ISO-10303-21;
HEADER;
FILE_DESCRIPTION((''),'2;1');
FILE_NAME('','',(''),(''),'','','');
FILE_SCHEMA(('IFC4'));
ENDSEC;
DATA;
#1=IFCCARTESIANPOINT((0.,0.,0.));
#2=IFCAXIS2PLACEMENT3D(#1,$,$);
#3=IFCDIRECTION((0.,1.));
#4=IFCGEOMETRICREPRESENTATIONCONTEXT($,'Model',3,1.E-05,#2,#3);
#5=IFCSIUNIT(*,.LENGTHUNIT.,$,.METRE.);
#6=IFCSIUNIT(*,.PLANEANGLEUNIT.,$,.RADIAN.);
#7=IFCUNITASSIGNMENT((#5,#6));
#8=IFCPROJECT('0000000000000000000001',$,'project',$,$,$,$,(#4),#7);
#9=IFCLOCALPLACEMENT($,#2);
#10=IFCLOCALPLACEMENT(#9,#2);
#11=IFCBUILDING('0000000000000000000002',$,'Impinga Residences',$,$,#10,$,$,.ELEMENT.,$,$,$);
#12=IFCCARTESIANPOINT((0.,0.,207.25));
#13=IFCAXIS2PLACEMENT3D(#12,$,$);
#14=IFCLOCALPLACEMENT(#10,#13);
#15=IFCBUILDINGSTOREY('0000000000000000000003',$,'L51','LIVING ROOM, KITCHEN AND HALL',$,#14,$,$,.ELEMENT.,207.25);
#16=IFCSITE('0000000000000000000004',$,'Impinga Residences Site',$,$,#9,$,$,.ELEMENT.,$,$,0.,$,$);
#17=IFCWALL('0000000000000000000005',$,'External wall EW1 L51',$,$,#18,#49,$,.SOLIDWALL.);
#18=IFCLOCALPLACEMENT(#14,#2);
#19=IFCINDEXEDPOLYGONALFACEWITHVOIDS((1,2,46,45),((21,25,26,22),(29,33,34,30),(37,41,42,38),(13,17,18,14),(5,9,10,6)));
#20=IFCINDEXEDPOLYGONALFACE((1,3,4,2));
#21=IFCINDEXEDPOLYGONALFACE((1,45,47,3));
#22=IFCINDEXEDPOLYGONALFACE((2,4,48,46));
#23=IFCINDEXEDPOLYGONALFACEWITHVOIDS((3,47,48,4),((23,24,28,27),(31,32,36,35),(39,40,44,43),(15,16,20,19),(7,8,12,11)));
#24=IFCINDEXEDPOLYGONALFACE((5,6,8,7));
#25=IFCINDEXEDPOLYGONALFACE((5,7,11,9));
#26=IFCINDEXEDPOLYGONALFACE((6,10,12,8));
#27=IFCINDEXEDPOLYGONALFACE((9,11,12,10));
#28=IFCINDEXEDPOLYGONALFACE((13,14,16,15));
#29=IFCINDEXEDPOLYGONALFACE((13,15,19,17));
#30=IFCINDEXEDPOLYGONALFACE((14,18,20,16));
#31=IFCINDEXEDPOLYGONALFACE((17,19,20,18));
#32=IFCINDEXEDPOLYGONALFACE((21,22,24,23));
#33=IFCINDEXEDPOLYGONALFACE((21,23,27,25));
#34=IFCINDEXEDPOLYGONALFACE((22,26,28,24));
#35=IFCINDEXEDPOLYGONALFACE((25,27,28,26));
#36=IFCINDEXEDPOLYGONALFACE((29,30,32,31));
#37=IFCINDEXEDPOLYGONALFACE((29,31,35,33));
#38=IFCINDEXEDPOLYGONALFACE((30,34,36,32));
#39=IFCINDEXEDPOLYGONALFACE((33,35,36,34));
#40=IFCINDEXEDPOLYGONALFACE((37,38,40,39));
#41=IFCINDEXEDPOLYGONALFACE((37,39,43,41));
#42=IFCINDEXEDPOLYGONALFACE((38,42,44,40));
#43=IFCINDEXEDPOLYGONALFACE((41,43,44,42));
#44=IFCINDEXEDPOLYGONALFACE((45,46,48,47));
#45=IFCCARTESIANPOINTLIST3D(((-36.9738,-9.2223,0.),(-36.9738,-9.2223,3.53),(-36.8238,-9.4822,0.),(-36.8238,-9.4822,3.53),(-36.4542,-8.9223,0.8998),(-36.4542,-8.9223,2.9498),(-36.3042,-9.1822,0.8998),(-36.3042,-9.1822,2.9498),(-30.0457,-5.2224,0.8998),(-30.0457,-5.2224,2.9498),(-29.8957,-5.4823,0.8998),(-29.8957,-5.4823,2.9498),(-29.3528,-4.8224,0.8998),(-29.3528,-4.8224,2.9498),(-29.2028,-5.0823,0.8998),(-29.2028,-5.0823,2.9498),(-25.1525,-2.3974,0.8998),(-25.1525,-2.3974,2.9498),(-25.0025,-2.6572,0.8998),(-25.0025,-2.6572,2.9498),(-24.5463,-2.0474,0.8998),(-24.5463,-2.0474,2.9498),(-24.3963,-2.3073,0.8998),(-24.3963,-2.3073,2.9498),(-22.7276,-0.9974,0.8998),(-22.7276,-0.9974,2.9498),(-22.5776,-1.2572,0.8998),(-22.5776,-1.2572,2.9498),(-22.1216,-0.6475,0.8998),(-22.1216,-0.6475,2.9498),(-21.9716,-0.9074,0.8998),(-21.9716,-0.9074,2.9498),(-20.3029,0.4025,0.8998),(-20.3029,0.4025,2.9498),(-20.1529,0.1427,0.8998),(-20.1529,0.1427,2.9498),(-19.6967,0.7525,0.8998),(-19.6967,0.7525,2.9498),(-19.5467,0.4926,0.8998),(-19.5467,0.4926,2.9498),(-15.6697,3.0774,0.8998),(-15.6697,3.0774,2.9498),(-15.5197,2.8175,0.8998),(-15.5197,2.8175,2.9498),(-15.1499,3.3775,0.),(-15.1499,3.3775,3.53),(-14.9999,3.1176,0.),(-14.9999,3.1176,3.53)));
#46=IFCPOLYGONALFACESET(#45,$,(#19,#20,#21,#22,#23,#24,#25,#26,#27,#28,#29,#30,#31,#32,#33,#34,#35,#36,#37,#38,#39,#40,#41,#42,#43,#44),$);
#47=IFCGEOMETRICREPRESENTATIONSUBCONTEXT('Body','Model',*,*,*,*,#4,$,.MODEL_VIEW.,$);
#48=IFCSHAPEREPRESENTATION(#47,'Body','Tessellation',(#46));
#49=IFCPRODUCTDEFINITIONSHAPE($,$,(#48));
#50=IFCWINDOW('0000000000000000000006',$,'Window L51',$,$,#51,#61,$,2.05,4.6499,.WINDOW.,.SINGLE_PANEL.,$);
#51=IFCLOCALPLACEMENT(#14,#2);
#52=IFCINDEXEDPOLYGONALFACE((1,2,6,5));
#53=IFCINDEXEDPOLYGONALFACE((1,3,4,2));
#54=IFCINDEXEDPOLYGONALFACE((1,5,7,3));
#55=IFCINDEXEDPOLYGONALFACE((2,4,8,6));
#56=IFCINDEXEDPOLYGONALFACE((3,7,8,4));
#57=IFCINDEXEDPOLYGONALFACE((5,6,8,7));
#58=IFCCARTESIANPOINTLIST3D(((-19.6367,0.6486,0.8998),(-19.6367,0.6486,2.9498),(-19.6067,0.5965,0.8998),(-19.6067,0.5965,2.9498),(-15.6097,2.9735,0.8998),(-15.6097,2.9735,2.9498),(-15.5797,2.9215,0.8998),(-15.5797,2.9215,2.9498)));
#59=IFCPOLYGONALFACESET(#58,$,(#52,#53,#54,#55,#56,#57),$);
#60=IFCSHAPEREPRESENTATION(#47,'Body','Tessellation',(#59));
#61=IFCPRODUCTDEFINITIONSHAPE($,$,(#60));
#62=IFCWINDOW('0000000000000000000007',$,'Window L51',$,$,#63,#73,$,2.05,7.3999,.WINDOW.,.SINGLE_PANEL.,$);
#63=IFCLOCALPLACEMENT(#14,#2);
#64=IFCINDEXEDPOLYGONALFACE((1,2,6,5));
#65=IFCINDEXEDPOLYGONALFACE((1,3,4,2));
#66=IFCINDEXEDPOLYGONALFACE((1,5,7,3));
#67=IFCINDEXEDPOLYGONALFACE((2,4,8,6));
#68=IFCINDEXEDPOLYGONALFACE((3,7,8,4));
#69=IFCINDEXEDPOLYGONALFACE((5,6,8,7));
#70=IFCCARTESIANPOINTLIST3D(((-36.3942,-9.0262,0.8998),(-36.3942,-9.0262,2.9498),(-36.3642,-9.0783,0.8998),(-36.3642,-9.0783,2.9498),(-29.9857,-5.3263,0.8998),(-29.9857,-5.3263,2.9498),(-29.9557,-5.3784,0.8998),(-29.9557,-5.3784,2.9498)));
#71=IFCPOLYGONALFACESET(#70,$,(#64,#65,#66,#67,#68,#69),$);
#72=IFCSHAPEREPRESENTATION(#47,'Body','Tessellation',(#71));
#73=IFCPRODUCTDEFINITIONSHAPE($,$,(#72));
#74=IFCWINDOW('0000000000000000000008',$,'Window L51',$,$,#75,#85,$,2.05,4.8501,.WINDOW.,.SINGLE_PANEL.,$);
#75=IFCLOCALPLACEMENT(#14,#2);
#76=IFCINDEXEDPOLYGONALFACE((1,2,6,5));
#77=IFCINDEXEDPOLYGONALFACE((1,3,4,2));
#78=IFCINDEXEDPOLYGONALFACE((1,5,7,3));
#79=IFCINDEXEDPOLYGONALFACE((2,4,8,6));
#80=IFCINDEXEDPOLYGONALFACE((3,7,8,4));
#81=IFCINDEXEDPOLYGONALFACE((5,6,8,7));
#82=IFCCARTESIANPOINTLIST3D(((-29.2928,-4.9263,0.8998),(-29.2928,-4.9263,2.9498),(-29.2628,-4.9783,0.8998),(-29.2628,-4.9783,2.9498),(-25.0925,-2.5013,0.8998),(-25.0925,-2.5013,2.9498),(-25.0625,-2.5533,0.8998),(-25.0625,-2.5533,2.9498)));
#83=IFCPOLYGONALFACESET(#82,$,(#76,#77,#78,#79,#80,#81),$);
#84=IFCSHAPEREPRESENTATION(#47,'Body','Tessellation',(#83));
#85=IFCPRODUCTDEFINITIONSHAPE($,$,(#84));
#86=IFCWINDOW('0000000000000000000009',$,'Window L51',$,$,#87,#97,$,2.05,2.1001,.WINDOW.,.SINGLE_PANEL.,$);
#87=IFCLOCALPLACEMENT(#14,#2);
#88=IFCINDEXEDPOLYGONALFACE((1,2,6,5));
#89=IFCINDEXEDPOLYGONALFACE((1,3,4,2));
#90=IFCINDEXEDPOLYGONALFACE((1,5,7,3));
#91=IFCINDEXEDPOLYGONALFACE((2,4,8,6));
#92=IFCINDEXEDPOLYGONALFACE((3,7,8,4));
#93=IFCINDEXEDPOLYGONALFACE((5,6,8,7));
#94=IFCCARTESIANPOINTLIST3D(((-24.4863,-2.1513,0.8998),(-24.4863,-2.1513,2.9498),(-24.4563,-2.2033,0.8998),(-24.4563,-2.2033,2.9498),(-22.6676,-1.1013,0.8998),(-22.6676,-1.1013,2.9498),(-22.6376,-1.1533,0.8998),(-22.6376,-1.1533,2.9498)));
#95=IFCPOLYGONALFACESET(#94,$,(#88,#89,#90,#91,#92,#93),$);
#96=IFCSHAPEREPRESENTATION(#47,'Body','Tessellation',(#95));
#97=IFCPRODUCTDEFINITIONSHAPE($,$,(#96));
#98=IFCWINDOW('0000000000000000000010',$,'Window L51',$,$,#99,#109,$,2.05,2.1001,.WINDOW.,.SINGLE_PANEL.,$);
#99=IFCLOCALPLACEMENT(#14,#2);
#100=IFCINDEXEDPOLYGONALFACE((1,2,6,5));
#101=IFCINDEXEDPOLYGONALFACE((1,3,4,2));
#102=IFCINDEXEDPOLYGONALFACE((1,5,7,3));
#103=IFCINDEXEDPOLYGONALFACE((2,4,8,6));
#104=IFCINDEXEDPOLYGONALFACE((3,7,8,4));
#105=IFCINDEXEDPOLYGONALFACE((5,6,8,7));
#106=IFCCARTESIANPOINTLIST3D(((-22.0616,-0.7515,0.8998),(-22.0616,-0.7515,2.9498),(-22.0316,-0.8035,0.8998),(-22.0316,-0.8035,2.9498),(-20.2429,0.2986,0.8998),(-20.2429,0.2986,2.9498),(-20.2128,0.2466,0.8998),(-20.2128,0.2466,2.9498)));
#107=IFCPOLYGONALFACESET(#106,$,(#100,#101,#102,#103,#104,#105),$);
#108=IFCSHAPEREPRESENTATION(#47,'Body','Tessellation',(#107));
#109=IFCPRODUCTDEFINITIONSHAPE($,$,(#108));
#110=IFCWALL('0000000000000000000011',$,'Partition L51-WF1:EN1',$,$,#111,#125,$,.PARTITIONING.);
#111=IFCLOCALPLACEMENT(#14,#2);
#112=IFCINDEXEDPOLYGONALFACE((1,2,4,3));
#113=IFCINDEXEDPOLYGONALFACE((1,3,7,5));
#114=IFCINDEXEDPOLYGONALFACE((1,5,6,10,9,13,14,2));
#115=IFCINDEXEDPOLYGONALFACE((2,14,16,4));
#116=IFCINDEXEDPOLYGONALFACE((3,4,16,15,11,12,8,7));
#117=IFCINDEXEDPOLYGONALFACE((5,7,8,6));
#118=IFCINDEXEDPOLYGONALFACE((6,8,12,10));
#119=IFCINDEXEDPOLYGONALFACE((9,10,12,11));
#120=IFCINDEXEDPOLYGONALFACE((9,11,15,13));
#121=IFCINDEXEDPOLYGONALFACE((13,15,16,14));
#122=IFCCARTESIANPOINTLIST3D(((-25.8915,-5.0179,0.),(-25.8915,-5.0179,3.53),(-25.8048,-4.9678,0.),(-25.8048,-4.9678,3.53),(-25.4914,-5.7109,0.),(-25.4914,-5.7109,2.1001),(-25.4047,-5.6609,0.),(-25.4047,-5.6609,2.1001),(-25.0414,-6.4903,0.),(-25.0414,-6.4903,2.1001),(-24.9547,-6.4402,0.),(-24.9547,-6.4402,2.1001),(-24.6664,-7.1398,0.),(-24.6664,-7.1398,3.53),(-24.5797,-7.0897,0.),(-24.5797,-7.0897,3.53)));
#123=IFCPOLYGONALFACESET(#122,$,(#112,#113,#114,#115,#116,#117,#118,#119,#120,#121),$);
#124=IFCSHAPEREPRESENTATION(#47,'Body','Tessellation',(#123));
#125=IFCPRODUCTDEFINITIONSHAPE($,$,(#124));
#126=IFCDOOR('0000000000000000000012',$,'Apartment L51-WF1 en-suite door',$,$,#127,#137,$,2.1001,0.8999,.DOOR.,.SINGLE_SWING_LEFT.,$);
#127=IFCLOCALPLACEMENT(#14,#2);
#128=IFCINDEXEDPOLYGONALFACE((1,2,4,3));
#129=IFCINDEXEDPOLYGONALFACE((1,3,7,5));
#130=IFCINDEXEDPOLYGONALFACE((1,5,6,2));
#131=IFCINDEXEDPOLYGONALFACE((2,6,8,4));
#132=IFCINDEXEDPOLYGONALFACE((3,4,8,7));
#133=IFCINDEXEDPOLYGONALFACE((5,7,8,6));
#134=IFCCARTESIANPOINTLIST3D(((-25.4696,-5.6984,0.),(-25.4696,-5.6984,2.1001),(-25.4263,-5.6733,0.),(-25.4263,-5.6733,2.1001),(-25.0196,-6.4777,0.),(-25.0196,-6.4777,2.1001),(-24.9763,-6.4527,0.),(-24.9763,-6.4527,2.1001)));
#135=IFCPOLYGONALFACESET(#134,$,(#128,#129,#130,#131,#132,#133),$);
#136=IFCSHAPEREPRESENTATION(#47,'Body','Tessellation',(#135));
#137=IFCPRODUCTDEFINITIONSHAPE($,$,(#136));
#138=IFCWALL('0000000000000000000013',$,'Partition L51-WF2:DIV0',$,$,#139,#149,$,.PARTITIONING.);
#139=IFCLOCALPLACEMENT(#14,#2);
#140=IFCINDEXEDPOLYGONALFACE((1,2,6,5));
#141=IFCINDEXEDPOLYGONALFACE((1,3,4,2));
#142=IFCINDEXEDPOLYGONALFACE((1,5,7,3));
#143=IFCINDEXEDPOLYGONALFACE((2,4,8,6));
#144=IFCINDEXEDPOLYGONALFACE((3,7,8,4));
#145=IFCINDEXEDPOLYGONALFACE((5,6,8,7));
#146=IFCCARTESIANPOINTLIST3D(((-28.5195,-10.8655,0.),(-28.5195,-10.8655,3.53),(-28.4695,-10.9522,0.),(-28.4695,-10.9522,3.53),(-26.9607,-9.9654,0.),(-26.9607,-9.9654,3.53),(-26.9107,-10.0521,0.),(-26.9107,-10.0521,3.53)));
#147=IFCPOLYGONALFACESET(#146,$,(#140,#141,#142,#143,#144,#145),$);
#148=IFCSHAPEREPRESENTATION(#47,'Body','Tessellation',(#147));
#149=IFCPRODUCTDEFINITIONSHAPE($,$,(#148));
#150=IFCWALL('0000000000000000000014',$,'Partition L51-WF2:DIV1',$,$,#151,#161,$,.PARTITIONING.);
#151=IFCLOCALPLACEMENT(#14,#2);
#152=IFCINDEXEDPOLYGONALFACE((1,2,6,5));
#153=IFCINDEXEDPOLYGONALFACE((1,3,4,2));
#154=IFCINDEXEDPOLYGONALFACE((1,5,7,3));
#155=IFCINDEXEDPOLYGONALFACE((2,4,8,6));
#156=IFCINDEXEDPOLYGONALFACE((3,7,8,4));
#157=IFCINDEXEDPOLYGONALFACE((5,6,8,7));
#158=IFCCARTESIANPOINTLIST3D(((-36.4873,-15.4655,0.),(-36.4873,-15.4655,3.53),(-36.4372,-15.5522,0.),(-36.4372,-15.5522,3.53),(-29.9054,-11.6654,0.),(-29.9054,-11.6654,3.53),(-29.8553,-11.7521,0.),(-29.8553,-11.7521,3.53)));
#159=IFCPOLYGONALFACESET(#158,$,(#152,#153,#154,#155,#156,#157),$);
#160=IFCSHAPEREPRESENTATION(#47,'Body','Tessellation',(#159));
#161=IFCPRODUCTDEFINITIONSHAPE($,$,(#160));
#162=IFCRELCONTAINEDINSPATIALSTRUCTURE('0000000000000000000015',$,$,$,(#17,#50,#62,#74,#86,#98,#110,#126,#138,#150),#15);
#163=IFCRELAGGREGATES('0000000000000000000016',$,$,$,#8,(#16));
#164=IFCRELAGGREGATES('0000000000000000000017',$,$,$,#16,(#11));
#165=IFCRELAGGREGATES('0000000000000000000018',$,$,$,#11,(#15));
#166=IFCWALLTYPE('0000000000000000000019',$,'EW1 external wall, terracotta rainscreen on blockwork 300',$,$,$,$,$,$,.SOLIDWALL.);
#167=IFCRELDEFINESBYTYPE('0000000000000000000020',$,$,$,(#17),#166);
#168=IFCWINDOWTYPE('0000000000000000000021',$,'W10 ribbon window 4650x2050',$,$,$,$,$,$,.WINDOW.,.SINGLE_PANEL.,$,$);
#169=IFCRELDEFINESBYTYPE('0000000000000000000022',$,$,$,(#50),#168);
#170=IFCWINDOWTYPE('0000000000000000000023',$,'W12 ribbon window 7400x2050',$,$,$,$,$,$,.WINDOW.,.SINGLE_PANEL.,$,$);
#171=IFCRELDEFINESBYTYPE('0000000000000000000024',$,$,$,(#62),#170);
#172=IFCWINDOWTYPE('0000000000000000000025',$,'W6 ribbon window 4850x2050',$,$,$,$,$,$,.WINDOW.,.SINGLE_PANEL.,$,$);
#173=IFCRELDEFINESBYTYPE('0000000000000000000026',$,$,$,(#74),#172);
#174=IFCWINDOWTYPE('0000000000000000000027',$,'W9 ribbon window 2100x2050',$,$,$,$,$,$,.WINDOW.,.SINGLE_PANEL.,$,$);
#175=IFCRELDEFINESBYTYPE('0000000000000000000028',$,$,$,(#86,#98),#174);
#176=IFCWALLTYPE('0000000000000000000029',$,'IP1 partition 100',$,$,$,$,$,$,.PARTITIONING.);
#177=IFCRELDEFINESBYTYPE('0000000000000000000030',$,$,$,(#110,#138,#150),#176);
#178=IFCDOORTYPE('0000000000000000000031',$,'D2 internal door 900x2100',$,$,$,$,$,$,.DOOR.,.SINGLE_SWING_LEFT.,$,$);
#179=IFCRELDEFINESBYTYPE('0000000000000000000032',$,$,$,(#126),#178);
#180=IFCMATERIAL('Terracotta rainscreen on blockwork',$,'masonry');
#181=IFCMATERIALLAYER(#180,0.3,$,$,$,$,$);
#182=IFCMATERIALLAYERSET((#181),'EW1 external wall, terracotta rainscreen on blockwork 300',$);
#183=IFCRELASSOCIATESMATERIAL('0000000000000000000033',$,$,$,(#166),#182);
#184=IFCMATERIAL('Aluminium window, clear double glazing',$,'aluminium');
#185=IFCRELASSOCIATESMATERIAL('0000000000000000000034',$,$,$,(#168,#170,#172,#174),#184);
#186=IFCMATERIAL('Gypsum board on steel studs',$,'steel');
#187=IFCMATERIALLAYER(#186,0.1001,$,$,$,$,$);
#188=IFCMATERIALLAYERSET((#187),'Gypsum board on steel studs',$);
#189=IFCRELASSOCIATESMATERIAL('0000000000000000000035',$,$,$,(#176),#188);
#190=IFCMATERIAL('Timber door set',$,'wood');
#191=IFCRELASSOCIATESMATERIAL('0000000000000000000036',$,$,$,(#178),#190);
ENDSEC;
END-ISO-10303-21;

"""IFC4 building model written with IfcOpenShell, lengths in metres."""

from ifc_helpers import new_model, si_unit, direction, frame, frame_2d, origin, place, context, subcontext, project, spatial, rectangle, extrude, material, layer, layer_set, type_object, element, fill, save


model = new_model("IFC4")

# Units and contexts
model_context = context("Model", 3, precision=1e-05, world=origin(), true_north=direction((0.0, 1.0)))
body_context = subcontext(model_context, "Body", "Model", "MODEL_VIEW")
ifc_project = project(units=[si_unit("LENGTHUNIT", "METRE"), si_unit("PLANEANGLEUNIT", "RADIAN")], contexts=[model_context])

# Site, building, storey
site_placement = place(None, origin())
site = spatial("IfcSite", under=ifc_project, at=site_placement, Name="Impinga Residences Site", CompositionType="ELEMENT", RefElevation=0.0)
building_placement = place(site_placement, origin())
building = spatial("IfcBuilding", under=site, at=building_placement, Name="Impinga Residences", CompositionType="ELEMENT")
storey_placement = place(building_placement, frame((0.0, 0.0, 207.25)))
storey = spatial("IfcBuildingStorey", under=building, at=storey_placement, Name="L51", Description="LIVING ROOM, KITCHEN AND HALL", CompositionType="ELEMENT", Elevation=207.25)

# Shared definitions
ifc_material_1 = material(Name="Terracotta rainscreen on blockwork", Category="masonry")
ifc_layer_1 = layer(ifc_material_1, 0.3)
ifc_layer_set_1 = layer_set([ifc_layer_1], Name="EW1 external wall, terracotta rainscreen on blockwork 300")
wall_type_1 = type_object("IfcWallType", Name="EW1 external wall, terracotta rainscreen on blockwork 300", PredefinedType="SOLIDWALL", material=ifc_layer_set_1)

# Wall, openings, windows
wall_1_placement = place(storey_placement, frame((-36.8989, -9.3523, 0.0), z_axis=(0.0, 0.0, 1.0), x_axis=(0.866029, 0.499993, 0.0)))
wall_1 = element("IfcWall", 1, at=wall_1_placement, inside=storey, type_object=wall_type_1, Name="External wall EW1 L51", PredefinedType="SOLIDWALL", context=body_context, shape_type="SweptSolid", body=[
    extrude(rectangle(XDim=25.2, YDim=0.3, at=frame_2d((12.6001, 0.0))), origin(), (0.0, 0.0, 1.0), 3.53),
])
opening_1_placement = place(wall_1_placement, frame((0.6001, 0.0, 0.8999)))
opening_1 = element("IfcOpeningElement", 2, at=opening_1_placement, cuts=wall_1, PredefinedType="OPENING", context=body_context, shape_type="SweptSolid", body=[
    extrude(rectangle(XDim=7.3999, YDim=2.05, at=frame_2d((3.7, 1.0249))), frame((0.0, 0.1599, 0.0), z_axis=(0.0, -1.0, 0.0), x_axis=(1.0, 0.0, 0.0)), (0.0, 0.0, 1.0), 0.3201),
])
opening_2_placement = place(wall_1_placement, frame((8.8, 0.0, 0.8999)))
opening_2 = element("IfcOpeningElement", 3, at=opening_2_placement, cuts=wall_1, PredefinedType="OPENING", context=body_context, shape_type="SweptSolid", body=[
    extrude(rectangle(XDim=4.8501, YDim=2.05, at=frame_2d((2.425, 1.0249))), frame((0.0, 0.1599, 0.0), z_axis=(0.0, -1.0, 0.0), x_axis=(1.0, 0.0, 0.0)), (0.0, 0.0, 1.0), 0.3201),
])
opening_3_placement = place(wall_1_placement, frame((14.3501, 0.0, 0.8999)))
opening_3 = element("IfcOpeningElement", 4, at=opening_3_placement, cuts=wall_1, PredefinedType="OPENING", context=body_context, shape_type="SweptSolid", body=[
    extrude(rectangle(XDim=2.1001, YDim=2.05, at=frame_2d((1.05, 1.0249))), frame((0.0, 0.1599, 0.0), z_axis=(0.0, -1.0, 0.0), x_axis=(1.0, 0.0, 0.0)), (0.0, 0.0, 1.0), 0.3201),
])
opening_4_placement = place(wall_1_placement, frame((17.1499, 0.0, 0.8999)))
opening_4 = element("IfcOpeningElement", 5, at=opening_4_placement, cuts=wall_1, PredefinedType="OPENING", context=body_context, shape_type="SweptSolid", body=[
    extrude(rectangle(XDim=2.1001, YDim=2.05, at=frame_2d((1.05, 1.0249))), frame((0.0, 0.1599, 0.0), z_axis=(0.0, -1.0, 0.0), x_axis=(1.0, 0.0, 0.0)), (0.0, 0.0, 1.0), 0.3201),
])
opening_5_placement = place(wall_1_placement, frame((19.95, 0.0, 0.8999)))
opening_5 = element("IfcOpeningElement", 6, at=opening_5_placement, cuts=wall_1, PredefinedType="OPENING", context=body_context, shape_type="SweptSolid", body=[
    extrude(rectangle(XDim=4.6499, YDim=2.05, at=frame_2d((2.325, 1.0249))), frame((0.0, 0.1599, 0.0), z_axis=(0.0, -1.0, 0.0), x_axis=(1.0, 0.0, 0.0)), (0.0, 0.0, 1.0), 0.3201),
])
ifc_material_2 = material(Name="Aluminium window, clear double glazing", Category="aluminium")
window_type_1 = type_object("IfcWindowType", Name="W10 ribbon window 4650x2050", PartitioningType="SINGLE_PANEL", PredefinedType="WINDOW", material=ifc_material_2)
window_1_placement = place(opening_5_placement, origin())
window_1 = element("IfcWindow", 7, at=window_1_placement, inside=storey, type_object=window_type_1, Name="Window L51", OverallHeight=2.05, OverallWidth=4.6499, PartitioningType="SINGLE_PANEL", PredefinedType="WINDOW", context=body_context, shape_type="SweptSolid", body=[
    extrude(rectangle(XDim=4.6499, YDim=2.05, at=frame_2d((2.325, 1.0249))), frame((0.0, 0.03, 0.0), z_axis=(0.0, -1.0, 0.0), x_axis=(1.0, 0.0, 0.0)), (0.0, 0.0, 1.0), 0.0601),
])
fill(opening_5, window_1)
window_type_2 = type_object("IfcWindowType", Name="W12 ribbon window 7400x2050", PartitioningType="SINGLE_PANEL", PredefinedType="WINDOW", material=ifc_material_2)
window_2_placement = place(opening_1_placement, origin())
window_2 = element("IfcWindow", 8, at=window_2_placement, inside=storey, type_object=window_type_2, Name="Window L51", OverallHeight=2.05, OverallWidth=7.3999, PartitioningType="SINGLE_PANEL", PredefinedType="WINDOW", context=body_context, shape_type="SweptSolid", body=[
    extrude(rectangle(XDim=7.3999, YDim=2.05, at=frame_2d((3.7, 1.0249))), frame((0.0, 0.03, 0.0), z_axis=(0.0, -1.0, 0.0), x_axis=(1.0, 0.0, 0.0)), (0.0, 0.0, 1.0), 0.0601),
])
fill(opening_1, window_2)
window_type_3 = type_object("IfcWindowType", Name="W6 ribbon window 4850x2050", PartitioningType="SINGLE_PANEL", PredefinedType="WINDOW", material=ifc_material_2)
window_3_placement = place(opening_2_placement, origin())
window_3 = element("IfcWindow", 9, at=window_3_placement, inside=storey, type_object=window_type_3, Name="Window L51", OverallHeight=2.05, OverallWidth=4.8501, PartitioningType="SINGLE_PANEL", PredefinedType="WINDOW", context=body_context, shape_type="SweptSolid", body=[
    extrude(rectangle(XDim=4.8501, YDim=2.05, at=frame_2d((2.425, 1.0249))), frame((0.0, 0.03, 0.0), z_axis=(0.0, -1.0, 0.0), x_axis=(1.0, 0.0, 0.0)), (0.0, 0.0, 1.0), 0.0601),
])
fill(opening_2, window_3)
window_type_4 = type_object("IfcWindowType", Name="W9 ribbon window 2100x2050", PartitioningType="SINGLE_PANEL", PredefinedType="WINDOW", material=ifc_material_2)
window_4_placement = place(opening_3_placement, origin())
window_4 = element("IfcWindow", 10, at=window_4_placement, inside=storey, type_object=window_type_4, Name="Window L51", OverallHeight=2.05, OverallWidth=2.1001, PartitioningType="SINGLE_PANEL", PredefinedType="WINDOW", context=body_context, shape_type="SweptSolid", body=[
    extrude(rectangle(XDim=2.1001, YDim=2.05, at=frame_2d((1.05, 1.0249))), frame((0.0, 0.03, 0.0), z_axis=(0.0, -1.0, 0.0), x_axis=(1.0, 0.0, 0.0)), (0.0, 0.0, 1.0), 0.0601),
])
fill(opening_3, window_4)
window_5_placement = place(opening_4_placement, origin())
window_5 = element("IfcWindow", 11, at=window_5_placement, inside=storey, type_object=window_type_4, Name="Window L51", OverallHeight=2.05, OverallWidth=2.1001, PartitioningType="SINGLE_PANEL", PredefinedType="WINDOW", context=body_context, shape_type="SweptSolid", body=[
    extrude(rectangle(XDim=2.1001, YDim=2.05, at=frame_2d((1.05, 1.0249))), frame((0.0, 0.03, 0.0), z_axis=(0.0, -1.0, 0.0), x_axis=(1.0, 0.0, 0.0)), (0.0, 0.0, 1.0), 0.0601),
])
fill(opening_4, window_5)

# Wall, opening, door
ifc_material_3 = material(Name="Gypsum board on steel studs", Category="steel")
ifc_layer_2 = layer(ifc_material_3, 0.1001)
ifc_layer_set_2 = layer_set([ifc_layer_2], Name="Gypsum board on steel studs")
wall_type_2 = type_object("IfcWallType", Name="IP1 partition 100", PredefinedType="PARTITIONING", material=ifc_layer_set_2)
wall_2_placement = place(storey_placement, frame((-24.623, -7.1147, 0.0), z_axis=(0.0, 0.0, 1.0), x_axis=(-0.500019, 0.866015, 0.0)))
wall_2 = element("IfcWall", 12, at=wall_2_placement, inside=storey, type_object=wall_type_2, Name="Partition L51-WF1:EN1", PredefinedType="PARTITIONING", context=body_context, shape_type="SweptSolid", body=[
    extrude(rectangle(XDim=2.4502, YDim=0.1001, at=frame_2d((1.2251, 0.0))), origin(), (0.0, 0.0, 1.0), 3.53),
])
opening_6_placement = place(wall_2_placement, frame((0.75, 0.0, 0.0)))
opening_6 = element("IfcOpeningElement", 13, at=opening_6_placement, cuts=wall_2, PredefinedType="OPENING", context=body_context, shape_type="SweptSolid", body=[
    extrude(rectangle(XDim=0.8999, YDim=2.1001, at=frame_2d((0.45, 1.05))), frame((0.0, 0.0601, 0.0), z_axis=(0.0, -1.0, 0.0), x_axis=(1.0, 0.0, 0.0)), (0.0, 0.0, 1.0), 0.1201),
])
ifc_material_4 = material(Name="Timber door set", Category="wood")
door_type = type_object("IfcDoorType", Name="D2 internal door 900x2100", OperationType="SINGLE_SWING_LEFT", PredefinedType="DOOR", material=ifc_material_4)
door_1_placement = place(opening_6_placement, origin())
door_1 = element("IfcDoor", 14, at=door_1_placement, inside=storey, type_object=door_type, Name="Apartment L51-WF1 en-suite door", OperationType="SINGLE_SWING_LEFT", OverallHeight=2.1001, OverallWidth=0.8999, PredefinedType="DOOR", context=body_context, shape_type="SweptSolid", body=[
    extrude(rectangle(XDim=0.8999, YDim=2.1001, at=frame_2d((0.45, 1.05))), frame((0.0, 0.0249, 0.0), z_axis=(0.0, -1.0, 0.0), x_axis=(1.0, 0.0, 0.0)), (0.0, 0.0, 1.0), 0.05),
])
fill(opening_6, door_1)

# Walls
wall_3_placement = place(storey_placement, frame((-26.9358, -10.0088, 0.0), z_axis=(0.0, 0.0, 1.0), x_axis=(-0.865989, -0.500063, 0.0)))
element("IfcWall", 15, at=wall_3_placement, inside=storey, type_object=wall_type_2, Name="Partition L51-WF2:DIV0", PredefinedType="PARTITIONING", context=body_context, shape_type="SweptSolid", body=[
    extrude(rectangle(XDim=1.8, YDim=0.1001, at=frame_2d((0.8999, 0.0))), origin(), (0.0, 0.0, 1.0), 3.53),
])
wall_4_placement = place(storey_placement, frame((-29.8804, -11.7087, 0.0), z_axis=(0.0, 0.0, 1.0), x_axis=(-0.866022, -0.500005, 0.0)))
element("IfcWall", 16, at=wall_4_placement, inside=storey, type_object=wall_type_2, Name="Partition L51-WF2:DIV1", PredefinedType="PARTITIONING", context=body_context, shape_type="SweptSolid", body=[
    extrude(rectangle(XDim=7.6001, YDim=0.1001, at=frame_2d((3.8, 0.0))), origin(), (0.0, 0.0, 1.0), 3.53),
])

save(model, "model.ifc")
